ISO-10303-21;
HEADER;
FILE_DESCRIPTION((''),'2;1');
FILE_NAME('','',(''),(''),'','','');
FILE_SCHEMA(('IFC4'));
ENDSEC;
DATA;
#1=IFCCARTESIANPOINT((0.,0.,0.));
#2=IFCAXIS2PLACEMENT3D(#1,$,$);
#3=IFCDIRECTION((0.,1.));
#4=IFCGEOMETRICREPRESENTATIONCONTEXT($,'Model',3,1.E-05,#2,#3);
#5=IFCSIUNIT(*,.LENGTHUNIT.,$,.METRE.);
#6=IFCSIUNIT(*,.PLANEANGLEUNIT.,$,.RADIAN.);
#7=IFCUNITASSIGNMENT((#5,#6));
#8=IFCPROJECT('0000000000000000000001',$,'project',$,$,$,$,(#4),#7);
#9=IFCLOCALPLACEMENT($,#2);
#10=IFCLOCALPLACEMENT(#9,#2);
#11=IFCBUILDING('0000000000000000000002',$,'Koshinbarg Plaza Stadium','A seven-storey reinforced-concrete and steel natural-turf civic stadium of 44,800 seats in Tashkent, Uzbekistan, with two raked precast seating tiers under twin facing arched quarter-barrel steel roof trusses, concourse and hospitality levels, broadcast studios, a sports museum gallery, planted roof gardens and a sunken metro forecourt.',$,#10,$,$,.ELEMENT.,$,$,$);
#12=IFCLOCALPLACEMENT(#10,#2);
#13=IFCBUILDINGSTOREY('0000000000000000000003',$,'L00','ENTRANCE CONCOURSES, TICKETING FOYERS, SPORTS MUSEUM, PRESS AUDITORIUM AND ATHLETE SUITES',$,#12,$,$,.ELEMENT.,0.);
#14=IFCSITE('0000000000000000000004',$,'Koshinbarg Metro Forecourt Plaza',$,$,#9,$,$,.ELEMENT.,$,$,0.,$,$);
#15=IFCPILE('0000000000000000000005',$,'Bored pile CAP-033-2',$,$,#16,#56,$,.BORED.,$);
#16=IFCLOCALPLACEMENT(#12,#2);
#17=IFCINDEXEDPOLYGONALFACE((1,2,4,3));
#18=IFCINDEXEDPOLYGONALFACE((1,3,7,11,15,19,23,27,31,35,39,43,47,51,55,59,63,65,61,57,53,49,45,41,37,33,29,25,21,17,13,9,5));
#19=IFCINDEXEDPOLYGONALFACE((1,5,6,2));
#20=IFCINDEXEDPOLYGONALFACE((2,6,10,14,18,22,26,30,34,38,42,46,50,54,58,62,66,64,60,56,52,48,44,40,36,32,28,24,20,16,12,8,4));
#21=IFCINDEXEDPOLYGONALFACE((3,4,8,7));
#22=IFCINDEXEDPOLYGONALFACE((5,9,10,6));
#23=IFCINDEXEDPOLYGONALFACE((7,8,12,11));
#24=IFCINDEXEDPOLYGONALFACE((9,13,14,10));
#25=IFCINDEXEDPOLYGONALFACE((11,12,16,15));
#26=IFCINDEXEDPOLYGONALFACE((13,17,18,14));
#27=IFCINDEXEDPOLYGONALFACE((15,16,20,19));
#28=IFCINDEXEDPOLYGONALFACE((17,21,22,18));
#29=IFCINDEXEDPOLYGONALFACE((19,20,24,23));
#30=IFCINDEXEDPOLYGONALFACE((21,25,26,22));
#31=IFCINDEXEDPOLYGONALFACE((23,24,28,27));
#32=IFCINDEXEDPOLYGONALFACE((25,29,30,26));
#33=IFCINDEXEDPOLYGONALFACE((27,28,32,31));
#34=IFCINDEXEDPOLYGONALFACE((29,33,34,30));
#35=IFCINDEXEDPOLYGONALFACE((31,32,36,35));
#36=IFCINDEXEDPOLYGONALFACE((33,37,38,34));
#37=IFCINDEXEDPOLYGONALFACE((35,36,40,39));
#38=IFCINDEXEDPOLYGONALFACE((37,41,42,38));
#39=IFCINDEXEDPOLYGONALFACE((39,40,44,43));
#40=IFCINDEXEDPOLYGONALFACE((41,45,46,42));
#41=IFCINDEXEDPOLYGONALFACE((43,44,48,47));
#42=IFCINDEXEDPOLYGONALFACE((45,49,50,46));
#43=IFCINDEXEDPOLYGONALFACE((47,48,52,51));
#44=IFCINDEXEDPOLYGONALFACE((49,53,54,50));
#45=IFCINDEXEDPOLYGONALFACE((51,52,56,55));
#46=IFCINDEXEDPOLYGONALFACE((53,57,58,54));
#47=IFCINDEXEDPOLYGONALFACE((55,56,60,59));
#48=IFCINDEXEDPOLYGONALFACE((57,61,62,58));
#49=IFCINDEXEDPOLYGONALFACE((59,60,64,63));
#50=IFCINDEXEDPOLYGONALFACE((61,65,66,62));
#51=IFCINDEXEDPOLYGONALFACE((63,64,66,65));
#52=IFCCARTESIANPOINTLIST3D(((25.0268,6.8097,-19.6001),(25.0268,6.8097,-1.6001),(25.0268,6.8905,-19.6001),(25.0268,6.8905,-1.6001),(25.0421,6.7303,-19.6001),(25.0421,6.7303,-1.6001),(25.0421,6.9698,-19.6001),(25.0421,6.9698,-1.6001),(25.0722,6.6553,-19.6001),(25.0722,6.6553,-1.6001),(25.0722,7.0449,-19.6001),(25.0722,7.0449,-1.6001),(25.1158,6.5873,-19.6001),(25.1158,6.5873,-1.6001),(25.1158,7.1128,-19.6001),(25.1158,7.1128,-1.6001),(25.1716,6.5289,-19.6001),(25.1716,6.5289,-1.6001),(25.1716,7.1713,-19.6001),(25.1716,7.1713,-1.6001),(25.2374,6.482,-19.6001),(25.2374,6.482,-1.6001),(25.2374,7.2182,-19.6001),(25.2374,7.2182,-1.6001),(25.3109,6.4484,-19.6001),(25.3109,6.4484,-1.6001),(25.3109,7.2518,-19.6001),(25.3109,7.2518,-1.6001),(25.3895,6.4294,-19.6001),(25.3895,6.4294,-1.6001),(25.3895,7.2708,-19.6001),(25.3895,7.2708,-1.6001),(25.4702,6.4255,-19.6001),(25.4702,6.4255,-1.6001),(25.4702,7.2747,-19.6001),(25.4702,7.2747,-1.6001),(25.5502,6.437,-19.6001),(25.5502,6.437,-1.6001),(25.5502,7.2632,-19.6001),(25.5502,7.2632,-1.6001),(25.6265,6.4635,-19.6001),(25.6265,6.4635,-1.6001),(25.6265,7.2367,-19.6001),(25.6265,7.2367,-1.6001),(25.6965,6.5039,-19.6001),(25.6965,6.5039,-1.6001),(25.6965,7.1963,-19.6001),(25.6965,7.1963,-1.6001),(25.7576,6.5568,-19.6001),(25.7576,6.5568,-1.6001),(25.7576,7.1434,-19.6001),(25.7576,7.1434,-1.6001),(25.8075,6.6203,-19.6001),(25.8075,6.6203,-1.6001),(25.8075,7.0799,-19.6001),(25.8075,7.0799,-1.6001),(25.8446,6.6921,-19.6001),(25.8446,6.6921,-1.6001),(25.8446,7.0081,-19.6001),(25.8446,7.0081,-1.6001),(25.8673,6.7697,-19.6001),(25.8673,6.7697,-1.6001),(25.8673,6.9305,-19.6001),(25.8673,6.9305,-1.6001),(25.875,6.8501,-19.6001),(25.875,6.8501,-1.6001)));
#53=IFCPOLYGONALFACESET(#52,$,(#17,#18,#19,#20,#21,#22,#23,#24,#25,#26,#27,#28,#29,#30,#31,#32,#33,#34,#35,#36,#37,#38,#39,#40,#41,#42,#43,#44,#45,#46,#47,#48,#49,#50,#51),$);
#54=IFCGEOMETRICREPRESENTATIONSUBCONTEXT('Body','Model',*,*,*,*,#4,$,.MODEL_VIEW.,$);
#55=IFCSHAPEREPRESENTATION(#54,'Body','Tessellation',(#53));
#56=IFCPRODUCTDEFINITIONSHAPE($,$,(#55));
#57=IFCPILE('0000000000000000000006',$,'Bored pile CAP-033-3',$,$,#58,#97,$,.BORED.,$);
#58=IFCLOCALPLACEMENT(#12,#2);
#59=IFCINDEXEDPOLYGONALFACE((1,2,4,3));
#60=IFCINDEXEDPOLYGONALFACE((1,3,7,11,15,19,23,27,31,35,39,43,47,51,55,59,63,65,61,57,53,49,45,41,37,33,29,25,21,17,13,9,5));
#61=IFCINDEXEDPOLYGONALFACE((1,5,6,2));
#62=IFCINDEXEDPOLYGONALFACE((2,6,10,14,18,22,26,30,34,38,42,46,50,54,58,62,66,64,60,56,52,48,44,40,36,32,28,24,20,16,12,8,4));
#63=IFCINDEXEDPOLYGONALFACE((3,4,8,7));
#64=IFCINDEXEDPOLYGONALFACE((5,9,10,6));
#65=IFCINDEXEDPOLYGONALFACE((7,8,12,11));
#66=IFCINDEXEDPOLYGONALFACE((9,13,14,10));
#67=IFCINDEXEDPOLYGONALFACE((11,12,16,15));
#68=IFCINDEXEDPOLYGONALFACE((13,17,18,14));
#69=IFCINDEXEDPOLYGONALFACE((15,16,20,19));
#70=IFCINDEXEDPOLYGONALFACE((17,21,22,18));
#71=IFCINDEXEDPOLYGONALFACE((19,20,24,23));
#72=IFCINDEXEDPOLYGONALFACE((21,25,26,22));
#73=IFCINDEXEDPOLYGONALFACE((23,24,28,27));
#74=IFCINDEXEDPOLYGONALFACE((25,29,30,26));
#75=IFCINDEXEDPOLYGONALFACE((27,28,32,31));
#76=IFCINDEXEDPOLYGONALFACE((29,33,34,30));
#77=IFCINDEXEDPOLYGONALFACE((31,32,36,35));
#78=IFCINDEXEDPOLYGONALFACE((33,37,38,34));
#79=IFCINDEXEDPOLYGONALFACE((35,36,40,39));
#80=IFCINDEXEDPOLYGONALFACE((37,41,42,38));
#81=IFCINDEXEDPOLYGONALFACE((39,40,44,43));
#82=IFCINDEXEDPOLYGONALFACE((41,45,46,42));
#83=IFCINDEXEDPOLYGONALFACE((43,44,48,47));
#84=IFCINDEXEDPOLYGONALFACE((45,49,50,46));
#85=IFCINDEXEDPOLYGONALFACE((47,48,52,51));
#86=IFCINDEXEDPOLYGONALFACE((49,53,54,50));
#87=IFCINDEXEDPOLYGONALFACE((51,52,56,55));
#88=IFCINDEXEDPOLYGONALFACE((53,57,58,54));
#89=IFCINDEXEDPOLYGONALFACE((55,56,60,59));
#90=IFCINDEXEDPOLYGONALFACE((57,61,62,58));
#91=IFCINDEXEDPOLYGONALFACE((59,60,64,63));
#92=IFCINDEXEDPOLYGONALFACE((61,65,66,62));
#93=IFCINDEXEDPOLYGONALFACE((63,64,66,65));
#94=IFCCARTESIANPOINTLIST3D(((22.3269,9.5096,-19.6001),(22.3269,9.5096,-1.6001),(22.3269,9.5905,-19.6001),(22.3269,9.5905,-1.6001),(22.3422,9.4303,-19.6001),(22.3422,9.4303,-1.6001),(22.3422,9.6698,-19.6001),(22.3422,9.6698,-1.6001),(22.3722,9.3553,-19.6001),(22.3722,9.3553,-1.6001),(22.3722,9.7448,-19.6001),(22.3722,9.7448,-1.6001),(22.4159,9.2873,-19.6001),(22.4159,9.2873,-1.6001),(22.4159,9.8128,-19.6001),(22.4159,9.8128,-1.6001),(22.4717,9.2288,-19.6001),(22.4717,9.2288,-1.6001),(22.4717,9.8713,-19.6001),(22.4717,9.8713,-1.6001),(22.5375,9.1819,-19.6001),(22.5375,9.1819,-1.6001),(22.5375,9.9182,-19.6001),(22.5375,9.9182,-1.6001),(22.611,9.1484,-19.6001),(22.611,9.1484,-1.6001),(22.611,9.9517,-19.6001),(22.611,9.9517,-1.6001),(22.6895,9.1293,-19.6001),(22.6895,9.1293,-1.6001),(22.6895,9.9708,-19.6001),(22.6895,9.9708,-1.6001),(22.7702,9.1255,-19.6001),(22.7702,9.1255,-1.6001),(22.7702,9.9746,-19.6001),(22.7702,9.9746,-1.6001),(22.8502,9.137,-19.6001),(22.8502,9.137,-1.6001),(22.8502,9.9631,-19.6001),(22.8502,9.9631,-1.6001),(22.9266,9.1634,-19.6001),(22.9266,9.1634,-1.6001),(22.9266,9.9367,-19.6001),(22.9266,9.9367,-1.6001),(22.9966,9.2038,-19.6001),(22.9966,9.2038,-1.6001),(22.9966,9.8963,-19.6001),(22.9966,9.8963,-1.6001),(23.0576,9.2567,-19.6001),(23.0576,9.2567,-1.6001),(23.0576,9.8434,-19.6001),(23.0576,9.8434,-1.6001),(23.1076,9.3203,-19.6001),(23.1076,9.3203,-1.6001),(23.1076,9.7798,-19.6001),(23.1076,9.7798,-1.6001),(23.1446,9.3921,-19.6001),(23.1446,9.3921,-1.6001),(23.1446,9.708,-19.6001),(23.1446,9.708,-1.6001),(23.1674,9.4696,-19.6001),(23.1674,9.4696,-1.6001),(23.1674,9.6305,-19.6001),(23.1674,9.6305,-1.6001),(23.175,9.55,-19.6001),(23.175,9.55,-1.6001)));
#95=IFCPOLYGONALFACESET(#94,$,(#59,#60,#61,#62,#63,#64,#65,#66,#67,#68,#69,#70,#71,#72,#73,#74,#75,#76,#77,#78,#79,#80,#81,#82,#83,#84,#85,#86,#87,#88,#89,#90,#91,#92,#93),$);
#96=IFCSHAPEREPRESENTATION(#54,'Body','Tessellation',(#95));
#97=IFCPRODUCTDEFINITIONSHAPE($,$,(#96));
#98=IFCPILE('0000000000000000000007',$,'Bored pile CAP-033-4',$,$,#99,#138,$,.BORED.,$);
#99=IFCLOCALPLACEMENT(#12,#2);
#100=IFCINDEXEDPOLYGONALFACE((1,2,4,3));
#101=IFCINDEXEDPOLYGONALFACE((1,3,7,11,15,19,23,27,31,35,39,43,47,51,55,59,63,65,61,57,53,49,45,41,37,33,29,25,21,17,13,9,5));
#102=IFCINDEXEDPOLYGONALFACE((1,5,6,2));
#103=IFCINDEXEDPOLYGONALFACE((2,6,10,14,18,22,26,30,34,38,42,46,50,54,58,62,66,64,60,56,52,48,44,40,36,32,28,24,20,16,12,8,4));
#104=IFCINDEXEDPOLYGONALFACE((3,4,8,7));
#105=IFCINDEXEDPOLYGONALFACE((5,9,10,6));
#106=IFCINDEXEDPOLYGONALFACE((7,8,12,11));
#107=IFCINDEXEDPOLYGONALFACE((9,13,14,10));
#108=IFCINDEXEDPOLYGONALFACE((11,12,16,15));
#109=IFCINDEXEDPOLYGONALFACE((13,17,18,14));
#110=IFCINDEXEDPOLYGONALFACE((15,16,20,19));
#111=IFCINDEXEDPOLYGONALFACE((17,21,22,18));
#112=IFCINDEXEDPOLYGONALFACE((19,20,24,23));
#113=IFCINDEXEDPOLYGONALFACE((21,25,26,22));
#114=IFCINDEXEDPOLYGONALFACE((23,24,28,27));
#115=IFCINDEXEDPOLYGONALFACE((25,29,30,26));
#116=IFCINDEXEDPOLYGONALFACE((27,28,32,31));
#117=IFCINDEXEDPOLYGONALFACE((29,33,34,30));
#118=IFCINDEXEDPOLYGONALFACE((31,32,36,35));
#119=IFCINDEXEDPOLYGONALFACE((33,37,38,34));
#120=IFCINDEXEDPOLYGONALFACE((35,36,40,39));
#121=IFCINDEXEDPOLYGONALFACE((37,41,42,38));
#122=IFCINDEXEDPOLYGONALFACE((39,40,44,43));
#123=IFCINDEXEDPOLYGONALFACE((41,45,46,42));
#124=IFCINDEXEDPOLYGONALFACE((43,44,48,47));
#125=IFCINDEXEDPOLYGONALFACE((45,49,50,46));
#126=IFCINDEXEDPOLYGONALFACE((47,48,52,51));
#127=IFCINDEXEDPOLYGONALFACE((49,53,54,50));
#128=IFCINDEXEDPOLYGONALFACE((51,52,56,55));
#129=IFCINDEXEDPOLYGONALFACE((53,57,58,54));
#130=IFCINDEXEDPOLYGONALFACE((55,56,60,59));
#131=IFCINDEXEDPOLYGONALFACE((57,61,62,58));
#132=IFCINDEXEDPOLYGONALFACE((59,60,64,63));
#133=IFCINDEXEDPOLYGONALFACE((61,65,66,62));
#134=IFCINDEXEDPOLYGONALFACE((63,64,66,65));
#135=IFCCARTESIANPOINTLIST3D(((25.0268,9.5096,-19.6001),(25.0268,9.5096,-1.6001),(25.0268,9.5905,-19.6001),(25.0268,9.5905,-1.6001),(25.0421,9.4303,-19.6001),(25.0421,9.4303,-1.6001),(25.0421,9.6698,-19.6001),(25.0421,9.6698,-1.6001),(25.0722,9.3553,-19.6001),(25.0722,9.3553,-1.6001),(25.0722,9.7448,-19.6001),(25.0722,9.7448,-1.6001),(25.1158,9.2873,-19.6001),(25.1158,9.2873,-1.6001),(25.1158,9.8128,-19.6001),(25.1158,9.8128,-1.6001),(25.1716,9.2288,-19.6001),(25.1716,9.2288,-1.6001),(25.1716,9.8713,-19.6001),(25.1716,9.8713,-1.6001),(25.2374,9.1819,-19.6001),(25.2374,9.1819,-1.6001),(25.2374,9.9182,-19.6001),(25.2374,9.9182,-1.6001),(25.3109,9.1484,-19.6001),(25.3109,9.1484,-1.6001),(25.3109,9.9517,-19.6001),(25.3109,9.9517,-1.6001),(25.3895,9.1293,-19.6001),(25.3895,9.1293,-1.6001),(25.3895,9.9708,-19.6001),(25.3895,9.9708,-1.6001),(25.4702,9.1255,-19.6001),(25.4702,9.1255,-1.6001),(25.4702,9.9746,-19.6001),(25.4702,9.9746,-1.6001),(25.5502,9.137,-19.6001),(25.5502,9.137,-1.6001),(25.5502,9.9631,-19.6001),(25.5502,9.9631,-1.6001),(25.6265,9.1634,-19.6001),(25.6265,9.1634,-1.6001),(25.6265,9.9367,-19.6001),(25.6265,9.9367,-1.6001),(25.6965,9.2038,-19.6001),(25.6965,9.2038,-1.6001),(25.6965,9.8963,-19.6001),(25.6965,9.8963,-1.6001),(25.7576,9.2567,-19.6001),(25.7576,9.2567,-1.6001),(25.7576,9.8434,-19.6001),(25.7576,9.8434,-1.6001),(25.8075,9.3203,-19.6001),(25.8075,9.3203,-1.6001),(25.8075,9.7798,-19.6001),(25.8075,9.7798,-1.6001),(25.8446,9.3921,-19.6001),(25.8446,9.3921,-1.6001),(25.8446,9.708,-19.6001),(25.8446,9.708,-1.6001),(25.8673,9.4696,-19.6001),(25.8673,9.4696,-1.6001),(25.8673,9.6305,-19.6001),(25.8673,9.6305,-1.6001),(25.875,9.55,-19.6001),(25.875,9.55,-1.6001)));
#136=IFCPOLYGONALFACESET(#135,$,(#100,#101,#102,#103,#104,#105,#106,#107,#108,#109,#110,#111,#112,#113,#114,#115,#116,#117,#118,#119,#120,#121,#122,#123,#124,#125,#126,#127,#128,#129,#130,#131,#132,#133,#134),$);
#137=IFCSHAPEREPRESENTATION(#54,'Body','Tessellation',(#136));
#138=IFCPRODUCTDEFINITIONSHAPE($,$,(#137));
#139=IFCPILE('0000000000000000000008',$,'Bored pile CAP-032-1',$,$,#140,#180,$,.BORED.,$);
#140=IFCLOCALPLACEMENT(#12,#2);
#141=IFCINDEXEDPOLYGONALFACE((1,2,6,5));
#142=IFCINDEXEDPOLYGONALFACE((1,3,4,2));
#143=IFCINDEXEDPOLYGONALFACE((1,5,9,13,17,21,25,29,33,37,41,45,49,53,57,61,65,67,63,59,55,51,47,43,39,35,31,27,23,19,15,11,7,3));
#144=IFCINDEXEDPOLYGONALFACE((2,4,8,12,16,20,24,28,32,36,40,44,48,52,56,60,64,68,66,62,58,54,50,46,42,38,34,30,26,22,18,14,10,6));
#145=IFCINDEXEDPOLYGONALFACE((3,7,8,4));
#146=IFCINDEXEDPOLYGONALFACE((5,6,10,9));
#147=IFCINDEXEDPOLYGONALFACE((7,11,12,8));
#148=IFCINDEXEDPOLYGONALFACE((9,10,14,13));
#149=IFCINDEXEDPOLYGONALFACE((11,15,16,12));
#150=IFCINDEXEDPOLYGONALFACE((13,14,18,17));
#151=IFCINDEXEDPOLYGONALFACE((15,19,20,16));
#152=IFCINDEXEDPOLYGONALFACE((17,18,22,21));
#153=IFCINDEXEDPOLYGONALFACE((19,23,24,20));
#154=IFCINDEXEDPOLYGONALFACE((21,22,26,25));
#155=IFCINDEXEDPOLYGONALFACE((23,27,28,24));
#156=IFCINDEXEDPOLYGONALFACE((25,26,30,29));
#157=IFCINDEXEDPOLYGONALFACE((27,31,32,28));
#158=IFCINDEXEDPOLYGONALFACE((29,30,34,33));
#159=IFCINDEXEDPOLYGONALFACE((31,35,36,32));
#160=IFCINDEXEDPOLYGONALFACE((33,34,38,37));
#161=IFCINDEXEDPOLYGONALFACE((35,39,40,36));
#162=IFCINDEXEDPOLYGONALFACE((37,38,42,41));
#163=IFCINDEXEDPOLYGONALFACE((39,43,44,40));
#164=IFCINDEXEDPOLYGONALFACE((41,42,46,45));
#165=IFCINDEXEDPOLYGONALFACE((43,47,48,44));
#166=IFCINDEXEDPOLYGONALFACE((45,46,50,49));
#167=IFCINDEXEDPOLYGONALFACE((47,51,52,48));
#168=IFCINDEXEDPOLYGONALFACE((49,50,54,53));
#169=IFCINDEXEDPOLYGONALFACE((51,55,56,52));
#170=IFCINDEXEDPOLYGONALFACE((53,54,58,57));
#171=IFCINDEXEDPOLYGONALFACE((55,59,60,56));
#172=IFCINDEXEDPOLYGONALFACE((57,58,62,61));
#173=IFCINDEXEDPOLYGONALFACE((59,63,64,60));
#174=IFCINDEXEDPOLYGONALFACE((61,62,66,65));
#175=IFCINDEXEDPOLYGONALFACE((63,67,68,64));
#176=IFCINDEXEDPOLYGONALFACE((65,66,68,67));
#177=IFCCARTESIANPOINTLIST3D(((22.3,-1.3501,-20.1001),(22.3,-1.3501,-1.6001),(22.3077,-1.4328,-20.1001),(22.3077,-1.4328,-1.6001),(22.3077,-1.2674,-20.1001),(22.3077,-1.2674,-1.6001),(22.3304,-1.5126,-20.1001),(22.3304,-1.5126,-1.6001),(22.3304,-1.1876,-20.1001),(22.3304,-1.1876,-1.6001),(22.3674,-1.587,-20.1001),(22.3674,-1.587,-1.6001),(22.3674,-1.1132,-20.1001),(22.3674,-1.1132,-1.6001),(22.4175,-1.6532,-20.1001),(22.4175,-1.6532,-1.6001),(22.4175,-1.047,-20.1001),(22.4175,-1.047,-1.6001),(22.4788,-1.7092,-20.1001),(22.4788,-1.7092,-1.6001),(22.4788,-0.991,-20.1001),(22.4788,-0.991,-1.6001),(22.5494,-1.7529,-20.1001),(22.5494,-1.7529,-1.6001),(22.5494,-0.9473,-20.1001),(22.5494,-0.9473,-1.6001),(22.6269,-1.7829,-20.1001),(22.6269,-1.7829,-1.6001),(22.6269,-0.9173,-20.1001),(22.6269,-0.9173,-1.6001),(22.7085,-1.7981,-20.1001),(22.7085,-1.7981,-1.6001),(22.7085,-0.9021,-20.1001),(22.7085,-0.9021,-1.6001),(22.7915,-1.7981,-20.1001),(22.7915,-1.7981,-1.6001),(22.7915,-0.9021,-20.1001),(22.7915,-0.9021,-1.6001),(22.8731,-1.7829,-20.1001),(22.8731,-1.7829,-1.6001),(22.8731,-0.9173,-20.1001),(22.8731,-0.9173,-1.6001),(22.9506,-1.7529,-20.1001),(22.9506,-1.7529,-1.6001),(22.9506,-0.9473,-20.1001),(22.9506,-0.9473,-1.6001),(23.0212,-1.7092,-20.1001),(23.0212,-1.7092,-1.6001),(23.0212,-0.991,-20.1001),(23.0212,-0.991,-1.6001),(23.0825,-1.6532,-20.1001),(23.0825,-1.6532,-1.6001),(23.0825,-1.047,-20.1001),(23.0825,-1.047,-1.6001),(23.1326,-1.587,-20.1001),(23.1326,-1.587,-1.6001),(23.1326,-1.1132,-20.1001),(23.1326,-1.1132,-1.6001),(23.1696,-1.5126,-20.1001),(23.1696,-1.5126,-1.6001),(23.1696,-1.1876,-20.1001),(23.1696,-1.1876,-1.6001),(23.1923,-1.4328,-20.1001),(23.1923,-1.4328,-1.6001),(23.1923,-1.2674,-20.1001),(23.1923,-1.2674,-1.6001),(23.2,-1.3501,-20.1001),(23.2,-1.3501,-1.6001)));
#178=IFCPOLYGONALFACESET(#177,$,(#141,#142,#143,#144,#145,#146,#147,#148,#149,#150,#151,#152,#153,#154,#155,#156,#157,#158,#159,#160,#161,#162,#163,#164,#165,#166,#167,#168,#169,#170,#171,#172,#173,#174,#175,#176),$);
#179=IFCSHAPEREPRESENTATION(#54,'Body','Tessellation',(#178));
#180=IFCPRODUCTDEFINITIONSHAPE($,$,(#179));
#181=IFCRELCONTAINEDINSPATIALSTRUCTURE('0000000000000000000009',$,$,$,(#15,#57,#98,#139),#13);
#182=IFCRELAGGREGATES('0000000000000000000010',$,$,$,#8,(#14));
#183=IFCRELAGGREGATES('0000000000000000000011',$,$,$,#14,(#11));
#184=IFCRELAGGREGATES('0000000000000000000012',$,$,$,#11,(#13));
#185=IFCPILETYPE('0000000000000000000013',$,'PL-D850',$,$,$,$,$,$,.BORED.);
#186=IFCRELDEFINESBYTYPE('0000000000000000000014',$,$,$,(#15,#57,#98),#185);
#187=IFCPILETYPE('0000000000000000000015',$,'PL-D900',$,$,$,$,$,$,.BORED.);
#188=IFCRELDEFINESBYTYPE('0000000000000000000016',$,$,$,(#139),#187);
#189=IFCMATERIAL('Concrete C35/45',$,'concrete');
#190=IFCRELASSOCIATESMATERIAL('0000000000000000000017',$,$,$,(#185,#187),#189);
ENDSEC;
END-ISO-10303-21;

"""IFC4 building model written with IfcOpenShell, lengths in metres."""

from ifc_helpers import new_model, si_unit, direction, frame, origin, origin_2d, place, context, subcontext, project, spatial, circle, extrude, material, material_profile, profile_set, type_object, element, save


model = new_model("IFC4")

# Units and contexts
model_context = context("Model", 3, precision=1e-05, world=origin(), true_north=direction((0.0, 1.0)))
body_context = subcontext(model_context, "Body", "Model", "MODEL_VIEW")
ifc_project = project(units=[si_unit("LENGTHUNIT", "METRE"), si_unit("PLANEANGLEUNIT", "RADIAN")], contexts=[model_context])

# Site, building, storey
site_placement = place(None, origin())
site = spatial("IfcSite", under=ifc_project, at=site_placement, Name="Koshinbarg Metro Forecourt Plaza", CompositionType="ELEMENT", RefElevation=0.0)
building_placement = place(site_placement, origin())
building = spatial("IfcBuilding", under=site, at=building_placement, Name="Koshinbarg Plaza Stadium", Description="A seven-storey reinforced-concrete and steel natural-turf civic stadium of 44,800 seats in Tashkent, Uzbekistan, with two raked precast seating tiers under twin facing arched quarter-barrel steel roof trusses, concourse and hospitality levels, broadcast studios, a sports museum gallery, planted roof gardens and a sunken metro forecourt.", CompositionType="ELEMENT")
storey_placement = place(building_placement, origin())
storey = spatial("IfcBuildingStorey", under=building, at=storey_placement, Name="L00", Description="ENTRANCE CONCOURSES, TICKETING FOYERS, SPORTS MUSEUM, PRESS AUDITORIUM AND ATHLETE SUITES", CompositionType="ELEMENT", Elevation=0.0)

# Shared definitions
ifc_material_1 = material(Name="Concrete C35/45", Category="concrete")

# Piles
ifc_material_profile_1 = material_profile(ifc_material_1, circle(Radius=0.425, at=origin_2d()), Name="PILE D850")
ifc_profile_set_1 = profile_set([ifc_material_profile_1], Name="Concrete C35/45")
pile_type_1 = type_object("IfcPileType", Name="PL-D850", PredefinedType="BORED", material=ifc_profile_set_1)
for number, where, z_axis, x_axis, name in (
    (1, (25.45, 6.8501, -1.6001), (0.0, 0.0, -1.0), (1.0, 0.0, 0.0), "Bored pile CAP-033-2"),
    (2, (22.75, 9.55, -1.6001), (0.0, 0.0, -1.0), (1.0, 0.0, 0.0), "Bored pile CAP-033-3"),
    (3, (25.45, 9.55, -1.6001), (0.0, 0.0, -1.0), (1.0, 0.0, 0.0), "Bored pile CAP-033-4"),
):
    element("IfcPile", number, at=place(storey_placement, frame(where, z_axis=z_axis, x_axis=x_axis)), inside=storey, type_object=pile_type_1, Name=name, PredefinedType="BORED", context=body_context, shape_type="SweptSolid", body=[
        extrude(circle(Radius=0.425, at=origin_2d()), origin(), (0.0, 0.0, 1.0), 18.0),
    ])
ifc_material_profile_2 = material_profile(ifc_material_1, circle(Radius=0.45, at=origin_2d()), Name="PILE D900")
ifc_profile_set_2 = profile_set([ifc_material_profile_2], Name="Concrete C35/45")
pile_type_2 = type_object("IfcPileType", Name="PL-D900", PredefinedType="BORED", material=ifc_profile_set_2)
for number, where, z_axis, x_axis, name in (
    (4, (22.75, -1.3501, -1.6001), (0.0, 0.0, -1.0), (1.0, 0.0, 0.0), "Bored pile CAP-032-1"),
):
    element("IfcPile", number, at=place(storey_placement, frame(where, z_axis=z_axis, x_axis=x_axis)), inside=storey, type_object=pile_type_2, Name=name, PredefinedType="BORED", context=body_context, shape_type="SweptSolid", body=[
        extrude(circle(Radius=0.45, at=origin_2d()), origin(), (0.0, 0.0, 1.0), 18.5),
    ])

save(model, "model.ifc")
